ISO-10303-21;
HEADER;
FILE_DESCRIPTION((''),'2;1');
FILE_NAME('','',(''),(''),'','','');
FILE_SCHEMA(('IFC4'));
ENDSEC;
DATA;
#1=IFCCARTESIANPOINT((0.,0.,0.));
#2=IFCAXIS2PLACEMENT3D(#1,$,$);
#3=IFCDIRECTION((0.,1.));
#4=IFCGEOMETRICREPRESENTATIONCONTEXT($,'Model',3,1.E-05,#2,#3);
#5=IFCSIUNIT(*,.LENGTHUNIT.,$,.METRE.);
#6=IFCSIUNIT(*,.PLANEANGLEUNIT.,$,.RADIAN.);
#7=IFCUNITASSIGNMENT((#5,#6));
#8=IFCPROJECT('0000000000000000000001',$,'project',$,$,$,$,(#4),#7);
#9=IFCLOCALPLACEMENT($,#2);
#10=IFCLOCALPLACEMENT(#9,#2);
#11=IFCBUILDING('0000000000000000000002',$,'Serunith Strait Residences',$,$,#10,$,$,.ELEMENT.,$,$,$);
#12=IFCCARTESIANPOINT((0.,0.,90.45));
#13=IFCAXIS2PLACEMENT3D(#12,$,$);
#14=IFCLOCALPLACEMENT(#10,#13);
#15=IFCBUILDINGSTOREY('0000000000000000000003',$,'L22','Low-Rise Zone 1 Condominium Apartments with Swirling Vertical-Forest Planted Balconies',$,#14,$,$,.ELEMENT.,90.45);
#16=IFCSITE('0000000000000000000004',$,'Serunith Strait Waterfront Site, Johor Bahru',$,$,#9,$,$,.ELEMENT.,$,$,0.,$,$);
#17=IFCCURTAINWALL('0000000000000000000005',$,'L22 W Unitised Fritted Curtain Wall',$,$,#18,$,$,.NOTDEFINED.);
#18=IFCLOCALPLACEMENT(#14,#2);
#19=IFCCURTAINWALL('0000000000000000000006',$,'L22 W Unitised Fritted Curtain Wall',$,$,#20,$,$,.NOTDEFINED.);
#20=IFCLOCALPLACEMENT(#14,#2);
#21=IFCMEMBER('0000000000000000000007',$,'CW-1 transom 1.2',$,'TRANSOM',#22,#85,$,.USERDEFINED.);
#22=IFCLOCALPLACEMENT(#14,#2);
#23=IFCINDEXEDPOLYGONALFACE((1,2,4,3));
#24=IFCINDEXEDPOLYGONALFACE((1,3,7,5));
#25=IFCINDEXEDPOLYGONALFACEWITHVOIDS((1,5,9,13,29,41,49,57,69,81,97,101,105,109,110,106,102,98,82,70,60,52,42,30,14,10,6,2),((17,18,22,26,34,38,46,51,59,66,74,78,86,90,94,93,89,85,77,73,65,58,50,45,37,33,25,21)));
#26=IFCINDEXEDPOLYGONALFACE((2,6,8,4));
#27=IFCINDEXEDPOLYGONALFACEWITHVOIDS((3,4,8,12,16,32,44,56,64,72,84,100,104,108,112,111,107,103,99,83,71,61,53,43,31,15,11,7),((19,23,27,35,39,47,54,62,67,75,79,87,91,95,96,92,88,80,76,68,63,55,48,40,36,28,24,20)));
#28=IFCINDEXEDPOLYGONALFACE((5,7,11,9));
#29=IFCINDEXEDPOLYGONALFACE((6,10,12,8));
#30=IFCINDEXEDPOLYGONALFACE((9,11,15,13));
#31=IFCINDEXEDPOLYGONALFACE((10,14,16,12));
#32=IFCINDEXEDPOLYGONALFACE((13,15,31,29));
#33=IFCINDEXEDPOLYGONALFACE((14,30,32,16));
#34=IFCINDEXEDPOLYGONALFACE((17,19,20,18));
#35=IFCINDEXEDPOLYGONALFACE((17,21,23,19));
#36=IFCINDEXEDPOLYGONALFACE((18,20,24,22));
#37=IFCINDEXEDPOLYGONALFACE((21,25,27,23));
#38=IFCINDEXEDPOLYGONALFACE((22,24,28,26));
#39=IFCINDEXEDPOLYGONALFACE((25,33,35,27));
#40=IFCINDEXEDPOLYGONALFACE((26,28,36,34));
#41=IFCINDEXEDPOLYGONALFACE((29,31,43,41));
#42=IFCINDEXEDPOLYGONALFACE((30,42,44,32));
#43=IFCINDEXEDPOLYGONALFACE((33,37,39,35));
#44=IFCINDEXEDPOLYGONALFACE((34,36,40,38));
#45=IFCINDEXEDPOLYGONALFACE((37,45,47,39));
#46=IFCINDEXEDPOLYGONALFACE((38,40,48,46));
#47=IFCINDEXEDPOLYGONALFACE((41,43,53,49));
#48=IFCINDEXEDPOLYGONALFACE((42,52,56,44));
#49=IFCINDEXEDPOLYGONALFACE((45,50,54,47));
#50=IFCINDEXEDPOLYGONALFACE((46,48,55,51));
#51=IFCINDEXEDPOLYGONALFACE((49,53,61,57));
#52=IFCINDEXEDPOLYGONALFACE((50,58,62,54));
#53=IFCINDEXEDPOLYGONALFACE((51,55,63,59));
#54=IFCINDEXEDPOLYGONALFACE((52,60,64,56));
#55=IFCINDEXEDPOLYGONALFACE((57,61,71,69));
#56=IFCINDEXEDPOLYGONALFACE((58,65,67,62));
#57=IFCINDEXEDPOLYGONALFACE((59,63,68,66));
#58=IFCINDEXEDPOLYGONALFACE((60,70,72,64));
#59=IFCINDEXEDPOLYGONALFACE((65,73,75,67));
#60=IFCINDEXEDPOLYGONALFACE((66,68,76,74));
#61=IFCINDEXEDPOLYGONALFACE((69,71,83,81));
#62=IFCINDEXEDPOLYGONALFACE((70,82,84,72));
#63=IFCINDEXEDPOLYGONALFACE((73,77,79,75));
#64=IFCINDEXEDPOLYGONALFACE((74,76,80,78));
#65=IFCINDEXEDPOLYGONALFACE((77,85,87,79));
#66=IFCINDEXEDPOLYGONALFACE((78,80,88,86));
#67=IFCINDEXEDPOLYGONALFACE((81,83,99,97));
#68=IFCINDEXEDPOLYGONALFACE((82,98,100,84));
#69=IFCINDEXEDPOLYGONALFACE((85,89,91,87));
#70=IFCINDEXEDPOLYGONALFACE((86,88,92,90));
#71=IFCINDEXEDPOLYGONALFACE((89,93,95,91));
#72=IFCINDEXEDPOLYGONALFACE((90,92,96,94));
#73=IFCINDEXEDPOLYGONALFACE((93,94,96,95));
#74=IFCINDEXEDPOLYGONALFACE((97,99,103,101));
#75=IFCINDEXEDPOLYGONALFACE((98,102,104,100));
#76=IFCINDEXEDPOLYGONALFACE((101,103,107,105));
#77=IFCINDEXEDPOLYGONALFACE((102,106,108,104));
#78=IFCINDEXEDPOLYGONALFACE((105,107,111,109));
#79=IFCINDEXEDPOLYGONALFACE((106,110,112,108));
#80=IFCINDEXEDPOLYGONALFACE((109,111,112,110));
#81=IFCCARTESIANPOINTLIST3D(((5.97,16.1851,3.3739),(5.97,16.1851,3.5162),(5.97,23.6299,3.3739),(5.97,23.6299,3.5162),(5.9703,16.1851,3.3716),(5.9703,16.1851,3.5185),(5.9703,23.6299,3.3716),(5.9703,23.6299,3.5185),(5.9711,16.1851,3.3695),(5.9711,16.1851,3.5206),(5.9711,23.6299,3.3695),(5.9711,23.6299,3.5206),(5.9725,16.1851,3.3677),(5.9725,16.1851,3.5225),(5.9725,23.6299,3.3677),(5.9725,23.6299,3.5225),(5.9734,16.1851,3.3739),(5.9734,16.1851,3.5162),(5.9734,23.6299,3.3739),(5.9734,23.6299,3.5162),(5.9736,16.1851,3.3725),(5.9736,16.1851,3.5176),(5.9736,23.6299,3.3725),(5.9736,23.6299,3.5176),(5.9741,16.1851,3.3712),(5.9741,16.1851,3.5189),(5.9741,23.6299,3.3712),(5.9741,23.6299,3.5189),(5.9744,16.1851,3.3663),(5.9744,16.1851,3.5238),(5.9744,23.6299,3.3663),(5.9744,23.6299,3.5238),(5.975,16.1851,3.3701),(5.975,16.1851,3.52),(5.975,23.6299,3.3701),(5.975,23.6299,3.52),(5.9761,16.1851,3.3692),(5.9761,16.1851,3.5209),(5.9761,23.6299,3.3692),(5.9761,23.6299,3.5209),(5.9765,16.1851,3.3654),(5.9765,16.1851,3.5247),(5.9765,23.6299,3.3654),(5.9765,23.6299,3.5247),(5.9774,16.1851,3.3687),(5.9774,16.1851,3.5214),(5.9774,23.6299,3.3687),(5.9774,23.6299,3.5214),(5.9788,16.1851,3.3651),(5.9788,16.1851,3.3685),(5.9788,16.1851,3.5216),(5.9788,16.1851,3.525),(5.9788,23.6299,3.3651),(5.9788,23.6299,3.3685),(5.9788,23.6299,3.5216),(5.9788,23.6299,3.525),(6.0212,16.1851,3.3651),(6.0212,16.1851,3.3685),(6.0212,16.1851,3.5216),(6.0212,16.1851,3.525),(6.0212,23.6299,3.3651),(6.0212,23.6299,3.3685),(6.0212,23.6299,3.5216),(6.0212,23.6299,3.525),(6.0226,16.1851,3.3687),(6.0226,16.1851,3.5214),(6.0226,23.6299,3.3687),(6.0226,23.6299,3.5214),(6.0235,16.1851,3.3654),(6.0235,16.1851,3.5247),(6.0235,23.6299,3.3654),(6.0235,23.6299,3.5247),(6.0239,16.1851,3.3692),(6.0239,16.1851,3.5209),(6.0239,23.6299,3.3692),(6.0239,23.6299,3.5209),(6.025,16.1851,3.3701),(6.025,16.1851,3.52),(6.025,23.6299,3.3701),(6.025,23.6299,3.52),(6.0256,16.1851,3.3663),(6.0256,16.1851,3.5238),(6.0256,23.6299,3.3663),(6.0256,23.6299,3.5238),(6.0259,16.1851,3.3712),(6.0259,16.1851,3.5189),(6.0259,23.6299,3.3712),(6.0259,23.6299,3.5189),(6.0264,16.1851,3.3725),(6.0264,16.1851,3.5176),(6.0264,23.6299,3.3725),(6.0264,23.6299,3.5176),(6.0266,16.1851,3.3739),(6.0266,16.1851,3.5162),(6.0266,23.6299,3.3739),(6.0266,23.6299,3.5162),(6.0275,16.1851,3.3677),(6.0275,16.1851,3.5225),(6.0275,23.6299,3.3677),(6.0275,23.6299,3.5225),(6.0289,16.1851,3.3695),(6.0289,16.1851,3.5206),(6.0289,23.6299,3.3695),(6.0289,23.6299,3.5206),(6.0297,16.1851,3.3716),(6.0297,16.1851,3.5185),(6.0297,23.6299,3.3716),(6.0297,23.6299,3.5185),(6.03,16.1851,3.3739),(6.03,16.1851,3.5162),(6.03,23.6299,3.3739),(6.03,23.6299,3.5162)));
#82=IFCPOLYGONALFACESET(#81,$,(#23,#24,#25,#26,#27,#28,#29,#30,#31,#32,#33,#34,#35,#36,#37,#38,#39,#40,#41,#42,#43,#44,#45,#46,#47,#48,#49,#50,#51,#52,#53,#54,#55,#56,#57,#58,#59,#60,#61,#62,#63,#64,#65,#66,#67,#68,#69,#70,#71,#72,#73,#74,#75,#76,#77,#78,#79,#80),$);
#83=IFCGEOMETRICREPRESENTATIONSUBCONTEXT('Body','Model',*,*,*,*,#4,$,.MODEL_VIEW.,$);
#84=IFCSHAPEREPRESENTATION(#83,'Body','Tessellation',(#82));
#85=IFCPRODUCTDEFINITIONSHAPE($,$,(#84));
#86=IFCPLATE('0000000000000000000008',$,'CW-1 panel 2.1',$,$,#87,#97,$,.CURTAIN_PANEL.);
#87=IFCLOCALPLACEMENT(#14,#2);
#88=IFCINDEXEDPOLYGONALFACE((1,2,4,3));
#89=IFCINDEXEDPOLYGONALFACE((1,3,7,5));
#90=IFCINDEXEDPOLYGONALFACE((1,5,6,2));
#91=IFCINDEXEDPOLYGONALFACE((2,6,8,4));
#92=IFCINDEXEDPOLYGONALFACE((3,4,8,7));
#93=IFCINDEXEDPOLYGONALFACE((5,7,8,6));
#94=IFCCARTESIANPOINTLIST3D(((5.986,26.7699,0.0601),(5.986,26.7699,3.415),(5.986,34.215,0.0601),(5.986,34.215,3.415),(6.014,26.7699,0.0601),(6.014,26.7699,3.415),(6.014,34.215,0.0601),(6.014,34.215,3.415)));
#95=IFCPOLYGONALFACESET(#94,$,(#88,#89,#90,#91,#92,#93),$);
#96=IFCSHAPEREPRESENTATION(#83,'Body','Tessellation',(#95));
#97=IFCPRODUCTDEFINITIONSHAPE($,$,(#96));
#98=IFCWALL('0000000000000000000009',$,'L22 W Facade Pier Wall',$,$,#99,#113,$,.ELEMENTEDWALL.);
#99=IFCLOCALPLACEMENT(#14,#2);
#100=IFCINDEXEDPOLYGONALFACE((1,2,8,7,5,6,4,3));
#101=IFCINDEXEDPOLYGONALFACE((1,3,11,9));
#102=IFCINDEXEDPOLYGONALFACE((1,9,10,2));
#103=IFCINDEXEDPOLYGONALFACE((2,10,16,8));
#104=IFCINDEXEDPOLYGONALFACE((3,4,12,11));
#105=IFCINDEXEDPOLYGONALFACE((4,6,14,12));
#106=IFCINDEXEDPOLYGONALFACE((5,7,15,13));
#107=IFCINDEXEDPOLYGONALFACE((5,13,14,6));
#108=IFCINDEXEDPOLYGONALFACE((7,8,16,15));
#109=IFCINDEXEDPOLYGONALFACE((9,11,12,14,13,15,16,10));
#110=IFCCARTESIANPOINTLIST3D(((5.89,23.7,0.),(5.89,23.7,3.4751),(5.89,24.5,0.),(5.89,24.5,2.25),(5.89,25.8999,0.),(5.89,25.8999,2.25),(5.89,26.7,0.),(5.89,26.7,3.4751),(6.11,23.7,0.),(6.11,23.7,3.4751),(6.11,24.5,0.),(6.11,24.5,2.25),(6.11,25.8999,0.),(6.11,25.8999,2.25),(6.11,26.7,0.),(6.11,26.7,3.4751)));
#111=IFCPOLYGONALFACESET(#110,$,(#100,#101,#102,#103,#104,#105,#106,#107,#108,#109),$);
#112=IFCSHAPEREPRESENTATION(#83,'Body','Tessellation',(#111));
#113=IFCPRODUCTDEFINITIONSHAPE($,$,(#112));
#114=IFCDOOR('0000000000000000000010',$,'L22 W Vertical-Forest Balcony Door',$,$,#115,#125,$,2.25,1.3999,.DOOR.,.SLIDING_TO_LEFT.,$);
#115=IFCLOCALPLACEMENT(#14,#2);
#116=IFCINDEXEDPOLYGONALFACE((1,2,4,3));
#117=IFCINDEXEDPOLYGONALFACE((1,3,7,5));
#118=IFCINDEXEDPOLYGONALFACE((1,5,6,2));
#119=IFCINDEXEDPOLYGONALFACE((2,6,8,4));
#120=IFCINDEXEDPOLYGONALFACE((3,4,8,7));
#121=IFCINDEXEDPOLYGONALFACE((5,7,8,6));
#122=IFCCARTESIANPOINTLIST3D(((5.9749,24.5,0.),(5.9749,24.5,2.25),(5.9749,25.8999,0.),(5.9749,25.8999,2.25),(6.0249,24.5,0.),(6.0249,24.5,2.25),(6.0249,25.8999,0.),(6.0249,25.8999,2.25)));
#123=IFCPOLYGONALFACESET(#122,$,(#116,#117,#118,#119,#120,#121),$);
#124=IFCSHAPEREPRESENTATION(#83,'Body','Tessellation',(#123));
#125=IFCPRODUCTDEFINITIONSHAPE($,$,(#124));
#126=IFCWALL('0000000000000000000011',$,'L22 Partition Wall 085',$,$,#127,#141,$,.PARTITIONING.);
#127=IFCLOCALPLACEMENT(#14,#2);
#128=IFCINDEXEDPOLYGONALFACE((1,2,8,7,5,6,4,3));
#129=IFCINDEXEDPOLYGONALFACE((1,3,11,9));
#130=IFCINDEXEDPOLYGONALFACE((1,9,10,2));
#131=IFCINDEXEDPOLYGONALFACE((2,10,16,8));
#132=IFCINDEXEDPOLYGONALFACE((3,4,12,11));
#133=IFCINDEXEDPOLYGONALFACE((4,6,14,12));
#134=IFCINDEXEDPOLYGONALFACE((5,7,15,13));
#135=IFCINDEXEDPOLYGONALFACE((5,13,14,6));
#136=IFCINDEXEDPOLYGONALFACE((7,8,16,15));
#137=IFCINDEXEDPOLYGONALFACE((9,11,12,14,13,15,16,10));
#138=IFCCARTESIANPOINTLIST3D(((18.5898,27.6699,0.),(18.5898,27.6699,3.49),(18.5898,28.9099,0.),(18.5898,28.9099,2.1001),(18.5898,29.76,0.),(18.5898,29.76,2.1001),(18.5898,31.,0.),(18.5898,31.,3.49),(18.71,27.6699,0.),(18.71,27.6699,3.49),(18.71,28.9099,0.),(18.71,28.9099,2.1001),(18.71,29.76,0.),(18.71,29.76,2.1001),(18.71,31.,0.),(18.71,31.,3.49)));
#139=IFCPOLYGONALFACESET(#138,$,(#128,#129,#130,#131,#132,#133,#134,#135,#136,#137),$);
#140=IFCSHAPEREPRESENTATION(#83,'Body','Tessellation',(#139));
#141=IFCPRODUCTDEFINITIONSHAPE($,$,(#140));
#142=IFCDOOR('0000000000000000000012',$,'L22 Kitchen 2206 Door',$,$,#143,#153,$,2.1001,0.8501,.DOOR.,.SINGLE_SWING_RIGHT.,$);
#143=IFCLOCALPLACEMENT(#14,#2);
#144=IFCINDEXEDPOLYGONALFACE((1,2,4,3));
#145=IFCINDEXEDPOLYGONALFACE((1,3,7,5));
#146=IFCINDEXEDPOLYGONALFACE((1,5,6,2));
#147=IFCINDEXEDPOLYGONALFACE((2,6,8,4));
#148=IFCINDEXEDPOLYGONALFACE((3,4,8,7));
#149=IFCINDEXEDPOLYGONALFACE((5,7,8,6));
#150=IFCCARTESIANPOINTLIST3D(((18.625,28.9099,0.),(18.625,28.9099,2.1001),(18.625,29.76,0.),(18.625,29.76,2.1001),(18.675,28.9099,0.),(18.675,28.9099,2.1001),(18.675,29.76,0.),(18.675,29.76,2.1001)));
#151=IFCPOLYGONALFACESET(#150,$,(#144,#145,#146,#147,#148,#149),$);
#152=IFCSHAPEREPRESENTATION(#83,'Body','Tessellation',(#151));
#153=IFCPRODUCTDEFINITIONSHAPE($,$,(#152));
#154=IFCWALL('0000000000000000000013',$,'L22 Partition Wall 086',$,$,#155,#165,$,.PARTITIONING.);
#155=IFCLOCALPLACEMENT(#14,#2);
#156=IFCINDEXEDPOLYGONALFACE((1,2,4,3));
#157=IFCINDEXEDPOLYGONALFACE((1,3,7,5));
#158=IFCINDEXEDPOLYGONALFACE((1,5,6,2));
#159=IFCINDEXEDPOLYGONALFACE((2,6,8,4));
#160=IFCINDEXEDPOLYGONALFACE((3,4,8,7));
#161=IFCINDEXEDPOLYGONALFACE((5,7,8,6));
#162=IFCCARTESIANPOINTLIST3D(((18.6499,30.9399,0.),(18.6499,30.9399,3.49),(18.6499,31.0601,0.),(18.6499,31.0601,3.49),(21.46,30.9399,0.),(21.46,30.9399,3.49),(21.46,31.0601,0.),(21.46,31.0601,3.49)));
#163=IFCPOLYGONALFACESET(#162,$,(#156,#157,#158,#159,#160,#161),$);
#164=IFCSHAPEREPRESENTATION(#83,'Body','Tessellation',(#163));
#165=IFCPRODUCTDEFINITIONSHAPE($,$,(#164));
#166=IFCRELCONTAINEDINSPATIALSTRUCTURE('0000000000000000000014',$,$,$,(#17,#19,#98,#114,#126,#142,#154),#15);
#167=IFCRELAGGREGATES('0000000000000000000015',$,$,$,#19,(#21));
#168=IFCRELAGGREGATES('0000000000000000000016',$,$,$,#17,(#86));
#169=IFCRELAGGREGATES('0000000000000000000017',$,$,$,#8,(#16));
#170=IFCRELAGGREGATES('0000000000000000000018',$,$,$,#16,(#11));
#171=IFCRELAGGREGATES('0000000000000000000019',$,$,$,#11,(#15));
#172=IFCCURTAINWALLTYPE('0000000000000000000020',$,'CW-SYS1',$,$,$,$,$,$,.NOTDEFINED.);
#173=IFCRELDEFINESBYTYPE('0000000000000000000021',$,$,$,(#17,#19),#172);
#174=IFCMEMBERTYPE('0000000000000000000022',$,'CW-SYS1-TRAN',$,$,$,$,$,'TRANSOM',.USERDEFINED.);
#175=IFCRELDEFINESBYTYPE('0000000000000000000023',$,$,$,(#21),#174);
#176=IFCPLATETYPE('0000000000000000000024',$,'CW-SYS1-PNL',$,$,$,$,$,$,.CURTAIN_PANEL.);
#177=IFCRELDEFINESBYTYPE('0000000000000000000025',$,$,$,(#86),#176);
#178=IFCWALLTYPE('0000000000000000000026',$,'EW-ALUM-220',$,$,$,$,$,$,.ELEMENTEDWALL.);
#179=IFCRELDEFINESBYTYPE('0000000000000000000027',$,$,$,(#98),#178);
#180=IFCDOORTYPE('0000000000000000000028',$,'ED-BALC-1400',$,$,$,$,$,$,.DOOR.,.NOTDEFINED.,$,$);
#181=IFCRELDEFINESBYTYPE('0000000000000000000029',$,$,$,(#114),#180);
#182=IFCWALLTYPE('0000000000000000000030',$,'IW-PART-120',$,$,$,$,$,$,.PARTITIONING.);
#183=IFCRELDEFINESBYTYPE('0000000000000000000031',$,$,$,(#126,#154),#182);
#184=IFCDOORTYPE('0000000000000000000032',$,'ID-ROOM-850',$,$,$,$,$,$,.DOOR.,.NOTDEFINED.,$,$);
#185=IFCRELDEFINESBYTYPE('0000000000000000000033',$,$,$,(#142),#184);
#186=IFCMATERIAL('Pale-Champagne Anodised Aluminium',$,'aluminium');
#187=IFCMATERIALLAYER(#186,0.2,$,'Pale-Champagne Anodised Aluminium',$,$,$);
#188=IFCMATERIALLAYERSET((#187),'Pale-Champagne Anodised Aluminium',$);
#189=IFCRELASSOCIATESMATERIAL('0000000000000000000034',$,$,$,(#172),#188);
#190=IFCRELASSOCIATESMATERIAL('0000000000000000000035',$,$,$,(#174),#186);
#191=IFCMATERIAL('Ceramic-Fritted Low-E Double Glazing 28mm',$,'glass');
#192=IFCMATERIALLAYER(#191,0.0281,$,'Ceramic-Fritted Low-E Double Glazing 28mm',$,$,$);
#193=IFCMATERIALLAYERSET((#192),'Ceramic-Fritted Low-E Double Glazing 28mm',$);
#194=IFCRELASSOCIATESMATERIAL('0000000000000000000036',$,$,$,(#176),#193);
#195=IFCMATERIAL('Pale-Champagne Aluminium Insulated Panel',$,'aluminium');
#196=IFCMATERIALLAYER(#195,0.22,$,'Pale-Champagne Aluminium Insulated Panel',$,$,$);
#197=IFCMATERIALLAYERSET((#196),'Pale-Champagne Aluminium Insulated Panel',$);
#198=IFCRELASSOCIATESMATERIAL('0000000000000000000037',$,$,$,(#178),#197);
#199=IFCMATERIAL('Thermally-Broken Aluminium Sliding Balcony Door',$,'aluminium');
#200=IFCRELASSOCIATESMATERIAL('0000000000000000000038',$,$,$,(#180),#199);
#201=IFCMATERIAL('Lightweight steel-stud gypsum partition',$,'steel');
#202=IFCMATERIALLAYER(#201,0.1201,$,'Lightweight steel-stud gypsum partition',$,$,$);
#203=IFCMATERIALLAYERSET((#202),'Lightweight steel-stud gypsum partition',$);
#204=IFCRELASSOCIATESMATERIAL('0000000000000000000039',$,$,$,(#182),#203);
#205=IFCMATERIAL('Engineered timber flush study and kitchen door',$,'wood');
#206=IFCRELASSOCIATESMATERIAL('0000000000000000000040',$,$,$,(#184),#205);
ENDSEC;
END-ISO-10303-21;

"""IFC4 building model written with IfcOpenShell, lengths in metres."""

from ifc_helpers import new_model, si_unit, direction, frame, frame_2d, origin, origin_2d, place, context, subcontext, project, spatial, rectangle, hollow_rectangle, extrude, source, transform, mapped, material, layer, layer_set, material_profile, profile_set, type_object, element, fill, aggregate, save


model = new_model("IFC4")

# Units and contexts
model_context = context("Model", 3, precision=1e-05, world=origin(), true_north=direction((0.0, 1.0)))
body_context = subcontext(model_context, "Body", "Model", "MODEL_VIEW")
ifc_project = project(units=[si_unit("LENGTHUNIT", "METRE"), si_unit("PLANEANGLEUNIT", "RADIAN")], contexts=[model_context])

# Site, building, storey
site_placement = place(None, origin())
site = spatial("IfcSite", under=ifc_project, at=site_placement, Name="Serunith Strait Waterfront Site, Johor Bahru", CompositionType="ELEMENT", RefElevation=0.0)
building_placement = place(site_placement, origin())
building = spatial("IfcBuilding", under=site, at=building_placement, Name="Serunith Strait Residences", CompositionType="ELEMENT")
storey_placement = place(building_placement, frame((0.0, 0.0, 90.45)))
storey = spatial("IfcBuildingStorey", under=building, at=storey_placement, Name="L22", Description="Low-Rise Zone 1 Condominium Apartments with Swirling Vertical-Forest Planted Balconies", CompositionType="ELEMENT", Elevation=90.45)

# Curtain wall
ifc_material_1 = material(Name="Pale-Champagne Anodised Aluminium", Category="aluminium")
ifc_layer_1 = layer(ifc_material_1, 0.2, Name="Pale-Champagne Anodised Aluminium")
ifc_layer_set_1 = layer_set([ifc_layer_1], Name="Pale-Champagne Anodised Aluminium")
curtain_wall_type = type_object("IfcCurtainWallType", Name="CW-SYS1", PredefinedType="NOTDEFINED", material=ifc_layer_set_1)
curtain_wall_1_placement = place(storey_placement, origin())
curtain_wall_1 = element("IfcCurtainWall", 1, at=curtain_wall_1_placement, inside=storey, type_object=curtain_wall_type, Name="L22 W Unitised Fritted Curtain Wall", PredefinedType="NOTDEFINED")

# Curtain wall
curtain_wall_2_placement = place(storey_placement, origin())
curtain_wall_2 = element("IfcCurtainWall", 2, at=curtain_wall_2_placement, inside=storey, type_object=curtain_wall_type, Name="L22 W Unitised Fritted Curtain Wall", PredefinedType="NOTDEFINED")

# Member
ifc_material_profile_1 = material_profile(ifc_material_1, hollow_rectangle(XDim=0.0601, YDim=0.1599, WallThickness=0.0034, InnerFilletRadius=0.0054, OuterFilletRadius=0.0088, at=origin_2d()), Name="ALU 160x60x3.5")
ifc_profile_set_1 = profile_set([ifc_material_profile_1], Name="Pale-Champagne Anodised Aluminium")
member_type_1 = type_object("IfcMemberType", Name="CW-SYS1-TRAN", ElementType="TRANSOM", PredefinedType="USERDEFINED", material=ifc_profile_set_1)
shared_shape_1 = source(origin(), body_context, "Body", "SweptSolid", [
    extrude(hollow_rectangle(XDim=0.0601, YDim=0.1599, WallThickness=0.0034, InnerFilletRadius=0.0054, OuterFilletRadius=0.0088, at=origin_2d()), origin(), (0.0, 0.0, 1.0), 7.4448),
])
member_1_placement = place(storey_placement, frame((6.0, 23.6299, 3.4451), z_axis=(0.0, -1.0, 0.0), x_axis=(1.0, 0.0, 0.0)))
member_1 = element("IfcMember", 3, at=member_1_placement, type_object=member_type_1, Name="CW-1 transom 1.2", ObjectType="TRANSOM", PredefinedType="USERDEFINED", context=body_context, shape_type="MappedRepresentation", body=[
    mapped(shared_shape_1, transform((0.0, 0.0, 0.0), scale=1.0)),
])
aggregate(curtain_wall_2, [member_1])

# Plate
ifc_material_2 = material(Name="Ceramic-Fritted Low-E Double Glazing 28mm", Category="glass")
ifc_layer_2 = layer(ifc_material_2, 0.0281, Name="Ceramic-Fritted Low-E Double Glazing 28mm")
ifc_layer_set_2 = layer_set([ifc_layer_2], Name="Ceramic-Fritted Low-E Double Glazing 28mm")
plate_type = type_object("IfcPlateType", Name="CW-SYS1-PNL", PredefinedType="CURTAIN_PANEL", material=ifc_layer_set_2)
shared_shape_2 = source(origin(), body_context, "Body", "SweptSolid", [
    extrude(rectangle(XDim=7.4451, YDim=0.0281, at=origin_2d()), origin(), (0.0, 0.0, 1.0), 3.355),
])
plate_placement = place(storey_placement, frame((6.0, 30.4924, 0.0601), z_axis=(0.0, 0.0, 1.0), x_axis=(0.0, -1.0, 0.0)))
plate = element("IfcPlate", 4, at=plate_placement, type_object=plate_type, Name="CW-1 panel 2.1", PredefinedType="CURTAIN_PANEL", context=body_context, shape_type="MappedRepresentation", body=[
    mapped(shared_shape_2, transform((0.0, 0.0, 0.0), scale=1.0)),
])
aggregate(curtain_wall_1, [plate])

# Walls, openings, doors
ifc_material_3 = material(Name="Pale-Champagne Aluminium Insulated Panel", Category="aluminium")
ifc_layer_3 = layer(ifc_material_3, 0.22, Name="Pale-Champagne Aluminium Insulated Panel")
ifc_layer_set_3 = layer_set([ifc_layer_3], Name="Pale-Champagne Aluminium Insulated Panel")
wall_type_1 = type_object("IfcWallType", Name="EW-ALUM-220", PredefinedType="ELEMENTEDWALL", material=ifc_layer_set_3)
wall_1_placement = place(storey_placement, frame((6.0, 26.7, 0.0), z_axis=(0.0, 0.0, 1.0), x_axis=(0.0, -1.0, 0.0)))
wall_1 = element("IfcWall", 5, at=wall_1_placement, inside=storey, type_object=wall_type_1, Name="L22 W Facade Pier Wall", PredefinedType="ELEMENTEDWALL", context=body_context, shape_type="SweptSolid", body=[
    extrude(rectangle(XDim=3.0, YDim=0.22, at=frame_2d((1.5, 0.0))), origin(), (0.0, 0.0, 1.0), 3.4751),
])
opening_1_placement = place(wall_1_placement, frame((0.8, 0.0, 0.0)))
opening_1 = element("IfcOpeningElement", 6, at=opening_1_placement, cuts=wall_1, PredefinedType="OPENING", context=body_context, shape_type="SweptSolid", body=[
    extrude(rectangle(XDim=1.3999, YDim=2.25, at=frame_2d((0.7, 1.125))), frame((0.0, 0.1201, 0.0), z_axis=(0.0, -1.0, 0.0), x_axis=(1.0, 0.0, 0.0)), (0.0, 0.0, 1.0), 0.24),
])
ifc_material_4 = material(Name="Thermally-Broken Aluminium Sliding Balcony Door", Category="aluminium")
door_type_1 = type_object("IfcDoorType", Name="ED-BALC-1400", OperationType="NOTDEFINED", PredefinedType="DOOR", material=ifc_material_4)
shared_shape_3 = source(origin(), body_context, "Body", "SweptSolid", [
    extrude(rectangle(XDim=1.3999, YDim=2.25, at=frame_2d((0.7, 1.125))), frame((0.0, 0.0249, 0.0), z_axis=(0.0, -1.0, 0.0), x_axis=(1.0, 0.0, 0.0)), (0.0, 0.0, 1.0), 0.05),
])
door_1_placement = place(opening_1_placement, origin())
door_1 = element("IfcDoor", 7, at=door_1_placement, inside=storey, type_object=door_type_1, Name="L22 W Vertical-Forest Balcony Door", OperationType="SLIDING_TO_LEFT", OverallHeight=2.25, OverallWidth=1.3999, PredefinedType="DOOR", context=body_context, shape_type="MappedRepresentation", body=[
    mapped(shared_shape_3, transform((0.0, 0.0, 0.0), scale=1.0)),
])
fill(opening_1, door_1)
ifc_material_5 = material(Name="Lightweight steel-stud gypsum partition", Category="steel")
ifc_layer_4 = layer(ifc_material_5, 0.1201, Name="Lightweight steel-stud gypsum partition")
ifc_layer_set_4 = layer_set([ifc_layer_4], Name="Lightweight steel-stud gypsum partition")
wall_type_2 = type_object("IfcWallType", Name="IW-PART-120", PredefinedType="PARTITIONING", material=ifc_layer_set_4)
wall_2_placement = place(storey_placement, frame((18.6499, 27.6699, 0.0), z_axis=(0.0, 0.0, 1.0), x_axis=(0.0, 1.0, 0.0)))
wall_2 = element("IfcWall", 8, at=wall_2_placement, inside=storey, type_object=wall_type_2, Name="L22 Partition Wall 085", PredefinedType="PARTITIONING", context=body_context, shape_type="SweptSolid", body=[
    extrude(rectangle(XDim=3.3301, YDim=0.1201, at=frame_2d((1.665, 0.0))), origin(), (0.0, 0.0, 1.0), 3.49),
])
opening_2_placement = place(wall_2_placement, frame((1.24, 0.0, 0.0)))
opening_2 = element("IfcOpeningElement", 9, at=opening_2_placement, cuts=wall_2, PredefinedType="OPENING", context=body_context, shape_type="SweptSolid", body=[
    extrude(rectangle(XDim=0.8501, YDim=2.1001, at=frame_2d((0.425, 1.05))), frame((0.0, 0.0701, 0.0), z_axis=(0.0, -1.0, 0.0), x_axis=(1.0, 0.0, 0.0)), (0.0, 0.0, 1.0), 0.1401),
])
ifc_material_6 = material(Name="Engineered timber flush study and kitchen door", Category="wood")
door_type_2 = type_object("IfcDoorType", Name="ID-ROOM-850", OperationType="NOTDEFINED", PredefinedType="DOOR", material=ifc_material_6)
shared_shape_4 = source(origin(), body_context, "Body", "SweptSolid", [
    extrude(rectangle(XDim=0.8501, YDim=2.1001, at=frame_2d((0.425, 1.05))), frame((0.0, 0.0249, 0.0), z_axis=(0.0, -1.0, 0.0), x_axis=(1.0, 0.0, 0.0)), (0.0, 0.0, 1.0), 0.05),
])
door_2_placement = place(opening_2_placement, origin())
door_2 = element("IfcDoor", 10, at=door_2_placement, inside=storey, type_object=door_type_2, Name="L22 Kitchen 2206 Door", OperationType="SINGLE_SWING_RIGHT", OverallHeight=2.1001, OverallWidth=0.8501, PredefinedType="DOOR", context=body_context, shape_type="MappedRepresentation", body=[
    mapped(shared_shape_4, transform((0.0, 0.0, 0.0), scale=1.0)),
])
fill(opening_2, door_2)

# Wall
wall_3_placement = place(storey_placement, frame((18.6499, 31.0, 0.0), z_axis=(0.0, 0.0, 1.0), x_axis=(1.0, 0.0, 0.0)))
element("IfcWall", 11, at=wall_3_placement, inside=storey, type_object=wall_type_2, Name="L22 Partition Wall 086", PredefinedType="PARTITIONING", context=body_context, shape_type="SweptSolid", body=[
    extrude(rectangle(XDim=2.8101, YDim=0.1201, at=frame_2d((1.405, 0.0))), origin(), (0.0, 0.0, 1.0), 3.49),
])

save(model, "model.ifc")
